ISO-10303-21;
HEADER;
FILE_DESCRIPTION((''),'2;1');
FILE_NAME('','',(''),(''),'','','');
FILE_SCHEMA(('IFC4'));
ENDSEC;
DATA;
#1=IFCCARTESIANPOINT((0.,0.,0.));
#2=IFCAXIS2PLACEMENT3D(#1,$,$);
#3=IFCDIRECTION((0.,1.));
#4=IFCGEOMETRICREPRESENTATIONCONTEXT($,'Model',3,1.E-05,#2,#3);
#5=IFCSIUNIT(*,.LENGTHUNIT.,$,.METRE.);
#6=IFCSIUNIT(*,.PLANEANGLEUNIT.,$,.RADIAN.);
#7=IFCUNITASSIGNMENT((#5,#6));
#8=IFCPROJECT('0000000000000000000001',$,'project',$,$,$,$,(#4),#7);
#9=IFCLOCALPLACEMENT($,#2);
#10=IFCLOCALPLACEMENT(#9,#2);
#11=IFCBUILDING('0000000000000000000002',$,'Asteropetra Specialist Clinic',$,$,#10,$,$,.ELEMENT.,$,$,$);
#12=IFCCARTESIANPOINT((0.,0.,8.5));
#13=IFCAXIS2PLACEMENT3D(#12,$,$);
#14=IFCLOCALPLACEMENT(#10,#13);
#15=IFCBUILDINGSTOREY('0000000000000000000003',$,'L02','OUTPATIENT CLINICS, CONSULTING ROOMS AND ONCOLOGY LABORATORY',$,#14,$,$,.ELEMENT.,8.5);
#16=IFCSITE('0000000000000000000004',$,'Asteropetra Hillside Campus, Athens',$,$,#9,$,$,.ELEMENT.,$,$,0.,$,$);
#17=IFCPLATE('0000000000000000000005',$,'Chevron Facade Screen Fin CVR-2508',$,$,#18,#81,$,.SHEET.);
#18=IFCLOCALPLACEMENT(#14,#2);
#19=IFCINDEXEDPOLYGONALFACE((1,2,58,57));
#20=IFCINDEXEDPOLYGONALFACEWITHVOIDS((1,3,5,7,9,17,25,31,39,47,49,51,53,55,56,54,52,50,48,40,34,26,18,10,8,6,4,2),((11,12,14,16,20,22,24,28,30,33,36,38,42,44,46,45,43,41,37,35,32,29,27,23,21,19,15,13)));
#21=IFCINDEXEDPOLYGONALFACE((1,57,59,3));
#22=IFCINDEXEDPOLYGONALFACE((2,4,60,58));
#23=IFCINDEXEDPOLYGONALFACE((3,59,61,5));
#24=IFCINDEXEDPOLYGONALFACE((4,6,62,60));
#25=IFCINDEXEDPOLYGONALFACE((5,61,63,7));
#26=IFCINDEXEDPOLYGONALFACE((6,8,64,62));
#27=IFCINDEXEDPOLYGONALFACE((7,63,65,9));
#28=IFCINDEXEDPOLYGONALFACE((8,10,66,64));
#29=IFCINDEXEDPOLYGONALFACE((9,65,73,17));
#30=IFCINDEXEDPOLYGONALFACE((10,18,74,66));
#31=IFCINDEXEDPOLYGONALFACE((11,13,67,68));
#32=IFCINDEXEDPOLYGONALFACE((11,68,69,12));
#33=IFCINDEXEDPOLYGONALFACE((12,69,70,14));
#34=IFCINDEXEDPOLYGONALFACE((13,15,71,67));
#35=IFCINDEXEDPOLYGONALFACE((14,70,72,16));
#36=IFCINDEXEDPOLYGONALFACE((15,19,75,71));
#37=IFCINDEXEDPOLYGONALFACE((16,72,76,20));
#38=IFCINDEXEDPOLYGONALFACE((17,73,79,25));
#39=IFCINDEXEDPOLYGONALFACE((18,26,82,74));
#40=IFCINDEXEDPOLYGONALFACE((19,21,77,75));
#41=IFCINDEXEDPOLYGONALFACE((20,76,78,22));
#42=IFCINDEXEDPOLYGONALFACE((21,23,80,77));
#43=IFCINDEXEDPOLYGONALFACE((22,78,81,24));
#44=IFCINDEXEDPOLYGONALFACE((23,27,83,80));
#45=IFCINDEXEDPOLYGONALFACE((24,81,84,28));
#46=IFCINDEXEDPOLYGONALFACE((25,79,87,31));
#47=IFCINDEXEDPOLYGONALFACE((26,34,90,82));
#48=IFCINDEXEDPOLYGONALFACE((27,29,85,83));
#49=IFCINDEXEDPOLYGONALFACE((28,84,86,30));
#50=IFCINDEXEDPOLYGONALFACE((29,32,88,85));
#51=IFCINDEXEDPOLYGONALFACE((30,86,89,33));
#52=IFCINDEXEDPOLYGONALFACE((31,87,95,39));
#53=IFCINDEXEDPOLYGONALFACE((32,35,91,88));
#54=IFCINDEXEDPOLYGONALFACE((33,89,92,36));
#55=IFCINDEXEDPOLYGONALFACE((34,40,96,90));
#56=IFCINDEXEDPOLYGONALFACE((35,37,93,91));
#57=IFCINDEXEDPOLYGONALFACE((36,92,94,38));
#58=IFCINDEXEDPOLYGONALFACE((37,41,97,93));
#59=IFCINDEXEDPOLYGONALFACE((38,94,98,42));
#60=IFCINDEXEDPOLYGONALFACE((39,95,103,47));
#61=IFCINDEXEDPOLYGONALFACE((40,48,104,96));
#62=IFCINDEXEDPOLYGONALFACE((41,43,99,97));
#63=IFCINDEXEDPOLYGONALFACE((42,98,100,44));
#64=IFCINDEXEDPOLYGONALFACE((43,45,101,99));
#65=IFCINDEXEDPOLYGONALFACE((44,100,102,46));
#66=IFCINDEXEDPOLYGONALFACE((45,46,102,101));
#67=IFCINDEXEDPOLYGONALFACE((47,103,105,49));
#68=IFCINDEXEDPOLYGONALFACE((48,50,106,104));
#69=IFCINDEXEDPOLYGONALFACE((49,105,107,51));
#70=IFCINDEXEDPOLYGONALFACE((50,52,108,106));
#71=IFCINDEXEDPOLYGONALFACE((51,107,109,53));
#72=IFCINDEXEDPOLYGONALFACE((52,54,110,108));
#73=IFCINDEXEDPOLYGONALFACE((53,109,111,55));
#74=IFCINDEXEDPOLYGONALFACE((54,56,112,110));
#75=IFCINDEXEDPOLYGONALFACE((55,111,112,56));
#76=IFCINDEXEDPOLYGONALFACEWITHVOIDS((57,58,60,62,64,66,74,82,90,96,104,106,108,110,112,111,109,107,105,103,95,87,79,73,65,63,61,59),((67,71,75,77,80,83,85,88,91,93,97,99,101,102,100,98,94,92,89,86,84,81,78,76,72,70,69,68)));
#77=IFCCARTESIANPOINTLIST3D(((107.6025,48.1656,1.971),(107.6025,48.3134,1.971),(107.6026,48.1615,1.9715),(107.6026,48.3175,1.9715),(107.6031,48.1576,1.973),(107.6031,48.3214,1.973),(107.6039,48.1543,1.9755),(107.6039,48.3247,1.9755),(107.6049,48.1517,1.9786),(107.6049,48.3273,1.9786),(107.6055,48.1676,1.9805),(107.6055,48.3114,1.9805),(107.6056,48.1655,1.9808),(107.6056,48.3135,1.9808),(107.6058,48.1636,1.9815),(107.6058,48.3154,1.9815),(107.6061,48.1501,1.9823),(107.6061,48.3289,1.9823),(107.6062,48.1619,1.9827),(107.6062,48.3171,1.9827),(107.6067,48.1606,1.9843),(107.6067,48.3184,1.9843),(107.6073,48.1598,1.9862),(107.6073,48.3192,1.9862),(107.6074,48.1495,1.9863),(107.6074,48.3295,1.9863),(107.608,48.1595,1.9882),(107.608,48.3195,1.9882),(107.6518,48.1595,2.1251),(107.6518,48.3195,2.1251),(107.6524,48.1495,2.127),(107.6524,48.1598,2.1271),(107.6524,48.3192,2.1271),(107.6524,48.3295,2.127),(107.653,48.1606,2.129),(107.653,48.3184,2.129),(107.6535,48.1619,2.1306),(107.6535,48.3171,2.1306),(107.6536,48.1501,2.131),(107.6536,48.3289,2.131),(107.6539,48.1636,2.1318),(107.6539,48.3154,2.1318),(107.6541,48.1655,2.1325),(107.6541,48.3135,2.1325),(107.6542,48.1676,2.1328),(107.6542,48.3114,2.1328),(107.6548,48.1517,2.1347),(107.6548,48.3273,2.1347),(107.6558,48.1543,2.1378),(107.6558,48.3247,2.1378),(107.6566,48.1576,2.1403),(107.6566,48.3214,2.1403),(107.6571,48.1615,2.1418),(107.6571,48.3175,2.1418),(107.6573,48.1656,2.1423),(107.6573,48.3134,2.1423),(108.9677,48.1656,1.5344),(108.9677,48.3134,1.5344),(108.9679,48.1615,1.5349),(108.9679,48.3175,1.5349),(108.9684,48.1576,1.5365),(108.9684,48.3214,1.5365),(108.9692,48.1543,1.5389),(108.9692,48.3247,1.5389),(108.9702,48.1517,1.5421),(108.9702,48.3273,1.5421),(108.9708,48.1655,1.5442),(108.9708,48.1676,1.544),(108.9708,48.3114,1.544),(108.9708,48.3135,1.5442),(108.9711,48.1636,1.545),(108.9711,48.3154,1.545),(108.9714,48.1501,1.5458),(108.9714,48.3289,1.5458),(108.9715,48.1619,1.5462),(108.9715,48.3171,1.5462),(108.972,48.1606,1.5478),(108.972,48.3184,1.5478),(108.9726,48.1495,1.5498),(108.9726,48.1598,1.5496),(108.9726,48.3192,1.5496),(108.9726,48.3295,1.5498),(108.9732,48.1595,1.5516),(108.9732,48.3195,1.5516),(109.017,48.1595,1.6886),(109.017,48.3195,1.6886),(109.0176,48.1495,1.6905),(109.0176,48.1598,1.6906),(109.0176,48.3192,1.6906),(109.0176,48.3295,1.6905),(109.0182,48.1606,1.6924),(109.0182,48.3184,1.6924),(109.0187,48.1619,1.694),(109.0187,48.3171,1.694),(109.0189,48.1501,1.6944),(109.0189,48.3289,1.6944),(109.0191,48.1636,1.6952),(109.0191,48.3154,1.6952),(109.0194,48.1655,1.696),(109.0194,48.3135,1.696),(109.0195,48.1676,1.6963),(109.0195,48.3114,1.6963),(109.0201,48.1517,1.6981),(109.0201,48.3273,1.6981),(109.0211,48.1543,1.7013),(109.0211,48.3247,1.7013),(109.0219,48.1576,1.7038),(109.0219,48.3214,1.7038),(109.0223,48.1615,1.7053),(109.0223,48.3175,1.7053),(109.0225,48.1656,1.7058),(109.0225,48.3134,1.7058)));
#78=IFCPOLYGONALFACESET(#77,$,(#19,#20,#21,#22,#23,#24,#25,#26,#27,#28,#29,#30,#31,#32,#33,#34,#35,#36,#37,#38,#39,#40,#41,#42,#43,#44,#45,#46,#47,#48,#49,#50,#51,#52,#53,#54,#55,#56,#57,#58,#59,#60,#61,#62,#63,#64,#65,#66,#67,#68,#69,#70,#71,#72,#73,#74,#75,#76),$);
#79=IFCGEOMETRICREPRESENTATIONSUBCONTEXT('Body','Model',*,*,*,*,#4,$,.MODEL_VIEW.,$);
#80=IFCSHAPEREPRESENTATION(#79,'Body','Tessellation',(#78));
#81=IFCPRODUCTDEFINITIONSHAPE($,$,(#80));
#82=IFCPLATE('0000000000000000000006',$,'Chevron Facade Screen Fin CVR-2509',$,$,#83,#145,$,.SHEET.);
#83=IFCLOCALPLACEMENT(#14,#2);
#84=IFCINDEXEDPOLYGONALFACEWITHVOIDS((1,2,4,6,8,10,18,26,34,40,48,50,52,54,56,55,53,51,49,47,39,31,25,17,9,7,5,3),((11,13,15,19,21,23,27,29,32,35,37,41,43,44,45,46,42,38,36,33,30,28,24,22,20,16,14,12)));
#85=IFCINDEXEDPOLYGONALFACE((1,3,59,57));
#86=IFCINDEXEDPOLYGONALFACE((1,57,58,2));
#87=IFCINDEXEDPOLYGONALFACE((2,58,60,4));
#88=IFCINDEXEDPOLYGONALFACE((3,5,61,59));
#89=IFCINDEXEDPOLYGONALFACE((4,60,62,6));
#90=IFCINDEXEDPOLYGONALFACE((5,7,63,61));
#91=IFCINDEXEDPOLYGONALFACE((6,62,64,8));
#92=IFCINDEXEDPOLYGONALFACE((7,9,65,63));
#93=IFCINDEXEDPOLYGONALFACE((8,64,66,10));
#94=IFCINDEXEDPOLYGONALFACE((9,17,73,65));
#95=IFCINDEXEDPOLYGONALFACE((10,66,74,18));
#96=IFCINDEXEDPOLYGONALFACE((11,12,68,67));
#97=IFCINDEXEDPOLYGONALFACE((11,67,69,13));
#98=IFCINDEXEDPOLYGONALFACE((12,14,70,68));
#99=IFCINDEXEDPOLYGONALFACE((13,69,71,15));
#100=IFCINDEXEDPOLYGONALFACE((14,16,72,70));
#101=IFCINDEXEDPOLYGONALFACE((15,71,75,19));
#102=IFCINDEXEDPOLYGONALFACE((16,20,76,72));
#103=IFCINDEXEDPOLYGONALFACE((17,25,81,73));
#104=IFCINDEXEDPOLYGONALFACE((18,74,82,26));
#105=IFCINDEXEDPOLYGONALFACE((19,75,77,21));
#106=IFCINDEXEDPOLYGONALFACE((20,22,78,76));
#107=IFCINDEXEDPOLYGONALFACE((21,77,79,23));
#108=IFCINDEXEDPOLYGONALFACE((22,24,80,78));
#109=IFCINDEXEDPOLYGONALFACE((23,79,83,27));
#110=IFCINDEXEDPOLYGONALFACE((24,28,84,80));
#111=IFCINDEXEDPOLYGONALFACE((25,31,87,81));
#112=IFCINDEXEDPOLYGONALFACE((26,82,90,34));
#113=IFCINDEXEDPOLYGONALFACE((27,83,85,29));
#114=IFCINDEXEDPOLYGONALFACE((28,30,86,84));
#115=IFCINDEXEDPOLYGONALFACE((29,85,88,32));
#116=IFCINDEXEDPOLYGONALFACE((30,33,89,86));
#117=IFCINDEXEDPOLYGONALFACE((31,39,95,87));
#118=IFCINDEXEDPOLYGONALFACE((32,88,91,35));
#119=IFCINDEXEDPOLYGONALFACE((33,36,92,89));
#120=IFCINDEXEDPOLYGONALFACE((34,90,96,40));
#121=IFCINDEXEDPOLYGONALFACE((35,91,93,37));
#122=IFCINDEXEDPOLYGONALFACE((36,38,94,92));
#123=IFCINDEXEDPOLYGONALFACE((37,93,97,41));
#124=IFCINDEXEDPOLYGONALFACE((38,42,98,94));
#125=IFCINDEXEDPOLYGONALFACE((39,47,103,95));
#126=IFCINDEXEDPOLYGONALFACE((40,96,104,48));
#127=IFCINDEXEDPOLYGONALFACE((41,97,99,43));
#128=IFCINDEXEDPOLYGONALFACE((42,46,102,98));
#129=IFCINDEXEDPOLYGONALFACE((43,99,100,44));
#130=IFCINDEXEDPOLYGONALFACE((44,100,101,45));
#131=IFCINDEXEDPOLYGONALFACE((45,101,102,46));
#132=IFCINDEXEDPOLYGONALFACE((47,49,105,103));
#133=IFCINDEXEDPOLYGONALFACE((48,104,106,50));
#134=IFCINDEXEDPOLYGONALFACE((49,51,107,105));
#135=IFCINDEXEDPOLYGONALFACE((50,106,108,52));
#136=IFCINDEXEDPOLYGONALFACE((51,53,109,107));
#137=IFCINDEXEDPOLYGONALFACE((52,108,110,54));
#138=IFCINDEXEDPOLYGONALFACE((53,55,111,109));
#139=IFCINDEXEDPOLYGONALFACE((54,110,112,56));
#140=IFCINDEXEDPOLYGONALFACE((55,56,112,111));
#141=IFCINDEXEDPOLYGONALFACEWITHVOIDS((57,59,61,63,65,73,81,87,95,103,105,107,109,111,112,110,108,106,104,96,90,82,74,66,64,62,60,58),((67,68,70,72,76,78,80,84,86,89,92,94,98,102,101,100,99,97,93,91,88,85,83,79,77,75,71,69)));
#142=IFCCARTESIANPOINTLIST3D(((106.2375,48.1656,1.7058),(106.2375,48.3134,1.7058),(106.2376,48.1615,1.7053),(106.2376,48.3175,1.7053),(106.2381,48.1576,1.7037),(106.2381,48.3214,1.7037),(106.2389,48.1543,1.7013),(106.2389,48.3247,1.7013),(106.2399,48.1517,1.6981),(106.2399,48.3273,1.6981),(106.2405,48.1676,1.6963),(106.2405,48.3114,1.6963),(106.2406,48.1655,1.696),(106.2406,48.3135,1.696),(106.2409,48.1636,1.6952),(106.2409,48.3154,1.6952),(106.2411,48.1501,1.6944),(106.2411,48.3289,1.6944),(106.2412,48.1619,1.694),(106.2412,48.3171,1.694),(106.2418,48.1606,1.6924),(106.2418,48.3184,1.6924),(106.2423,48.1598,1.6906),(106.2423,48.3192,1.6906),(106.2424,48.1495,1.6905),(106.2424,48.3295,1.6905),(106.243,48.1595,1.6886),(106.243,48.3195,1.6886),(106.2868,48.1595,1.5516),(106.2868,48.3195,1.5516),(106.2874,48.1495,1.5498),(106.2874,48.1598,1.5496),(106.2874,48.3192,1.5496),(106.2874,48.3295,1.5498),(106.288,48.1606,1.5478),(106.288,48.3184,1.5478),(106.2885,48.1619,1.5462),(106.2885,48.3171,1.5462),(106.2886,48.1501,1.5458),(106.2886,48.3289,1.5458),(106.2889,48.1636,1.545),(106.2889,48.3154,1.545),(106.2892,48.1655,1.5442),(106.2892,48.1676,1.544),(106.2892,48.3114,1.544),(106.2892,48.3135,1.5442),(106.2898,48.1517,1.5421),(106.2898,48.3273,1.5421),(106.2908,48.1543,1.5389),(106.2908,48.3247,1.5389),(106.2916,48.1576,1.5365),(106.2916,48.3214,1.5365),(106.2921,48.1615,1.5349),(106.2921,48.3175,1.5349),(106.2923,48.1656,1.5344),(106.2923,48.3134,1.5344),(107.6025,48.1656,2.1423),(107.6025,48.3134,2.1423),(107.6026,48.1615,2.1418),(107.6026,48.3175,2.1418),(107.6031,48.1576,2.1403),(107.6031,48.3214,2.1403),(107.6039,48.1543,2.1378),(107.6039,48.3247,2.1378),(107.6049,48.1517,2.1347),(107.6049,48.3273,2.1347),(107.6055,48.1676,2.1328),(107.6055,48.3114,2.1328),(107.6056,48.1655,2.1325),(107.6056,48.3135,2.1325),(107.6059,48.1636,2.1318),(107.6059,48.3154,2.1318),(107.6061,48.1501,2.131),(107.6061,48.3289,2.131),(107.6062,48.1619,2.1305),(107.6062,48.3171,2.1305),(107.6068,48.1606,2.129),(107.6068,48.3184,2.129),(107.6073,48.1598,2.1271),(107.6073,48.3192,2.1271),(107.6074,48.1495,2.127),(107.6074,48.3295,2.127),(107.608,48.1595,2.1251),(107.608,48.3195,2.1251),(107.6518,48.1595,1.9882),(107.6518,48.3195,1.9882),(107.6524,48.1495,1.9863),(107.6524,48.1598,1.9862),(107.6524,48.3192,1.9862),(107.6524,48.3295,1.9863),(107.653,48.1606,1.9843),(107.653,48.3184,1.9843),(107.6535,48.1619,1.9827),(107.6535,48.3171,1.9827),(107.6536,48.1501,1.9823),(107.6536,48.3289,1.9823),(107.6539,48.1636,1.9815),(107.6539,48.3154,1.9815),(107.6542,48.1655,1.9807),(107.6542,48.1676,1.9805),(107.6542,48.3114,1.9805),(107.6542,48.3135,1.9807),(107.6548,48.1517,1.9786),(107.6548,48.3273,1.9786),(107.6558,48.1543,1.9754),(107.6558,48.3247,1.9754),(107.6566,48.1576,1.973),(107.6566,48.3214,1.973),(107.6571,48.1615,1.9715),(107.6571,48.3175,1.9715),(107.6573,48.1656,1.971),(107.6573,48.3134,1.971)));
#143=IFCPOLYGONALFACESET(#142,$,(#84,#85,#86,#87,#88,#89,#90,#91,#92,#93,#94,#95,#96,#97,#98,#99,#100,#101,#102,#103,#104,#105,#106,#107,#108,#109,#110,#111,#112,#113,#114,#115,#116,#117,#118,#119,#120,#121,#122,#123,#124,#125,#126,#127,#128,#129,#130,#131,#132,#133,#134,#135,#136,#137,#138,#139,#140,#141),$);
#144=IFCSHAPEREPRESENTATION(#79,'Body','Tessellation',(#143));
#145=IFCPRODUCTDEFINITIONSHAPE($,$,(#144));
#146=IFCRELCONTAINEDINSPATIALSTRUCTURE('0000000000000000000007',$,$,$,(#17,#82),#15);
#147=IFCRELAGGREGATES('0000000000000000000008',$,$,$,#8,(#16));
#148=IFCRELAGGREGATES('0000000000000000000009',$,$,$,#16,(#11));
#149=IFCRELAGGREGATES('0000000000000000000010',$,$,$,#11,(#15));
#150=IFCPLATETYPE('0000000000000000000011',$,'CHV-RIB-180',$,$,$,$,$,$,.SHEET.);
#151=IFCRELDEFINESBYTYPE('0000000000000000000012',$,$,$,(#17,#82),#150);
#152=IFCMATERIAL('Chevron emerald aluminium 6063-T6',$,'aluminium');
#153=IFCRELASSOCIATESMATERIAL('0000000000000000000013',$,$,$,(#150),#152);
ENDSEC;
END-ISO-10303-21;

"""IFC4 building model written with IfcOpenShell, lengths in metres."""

from ifc_helpers import new_model, si_unit, direction, frame, origin, origin_2d, place, context, subcontext, project, spatial, hollow_rectangle, extrude, material, material_profile, profile_set, type_object, element, save


model = new_model("IFC4")

# Units and contexts
model_context = context("Model", 3, precision=1e-05, world=origin(), true_north=direction((0.0, 1.0)))
body_context = subcontext(model_context, "Body", "Model", "MODEL_VIEW")
ifc_project = project(units=[si_unit("LENGTHUNIT", "METRE"), si_unit("PLANEANGLEUNIT", "RADIAN")], contexts=[model_context])

# Site, building, storey
site_placement = place(None, origin())
site = spatial("IfcSite", under=ifc_project, at=site_placement, Name="Asteropetra Hillside Campus, Athens", CompositionType="ELEMENT", RefElevation=0.0)
building_placement = place(site_placement, origin())
building = spatial("IfcBuilding", under=site, at=building_placement, Name="Asteropetra Specialist Clinic", CompositionType="ELEMENT")
storey_placement = place(building_placement, frame((0.0, 0.0, 8.5)))
storey = spatial("IfcBuildingStorey", under=building, at=storey_placement, Name="L02", Description="OUTPATIENT CLINICS, CONSULTING ROOMS AND ONCOLOGY LABORATORY", CompositionType="ELEMENT", Elevation=8.5)

# Plates
ifc_material_1 = material(Name="Chevron emerald aluminium 6063-T6", Category="aluminium")
ifc_material_profile_1 = material_profile(ifc_material_1, hollow_rectangle(XDim=0.1799, YDim=0.1799, WallThickness=0.01, InnerFilletRadius=0.0081, OuterFilletRadius=0.0161, at=origin_2d()), Name="SHS 180x180x10.0")
ifc_profile_set_1 = profile_set([ifc_material_profile_1], Name="Chevron emerald aluminium 6063-T6")
plate_type = type_object("IfcPlateType", Name="CHV-RIB-180", PredefinedType="SHEET", material=ifc_profile_set_1)
plate_1_placement = place(storey_placement, frame((108.9951, 48.2395, 1.6201), z_axis=(-0.952495, 0.0, 0.304553), x_axis=(0.0, -1.0, 0.0)))
element("IfcPlate", 1, at=plate_1_placement, inside=storey, type_object=plate_type, Name="Chevron Facade Screen Fin CVR-2508", PredefinedType="SHEET", context=body_context, shape_type="SweptSolid", body=[
    extrude(hollow_rectangle(XDim=0.1799, YDim=0.1799, WallThickness=0.01, InnerFilletRadius=0.0081, OuterFilletRadius=0.0161, at=origin_2d()), origin(), (0.0, 0.0, 1.0), 1.4333),
])
plate_2_placement = place(storey_placement, frame((107.6299, 48.2395, 2.0566), z_axis=(-0.95248, 0.0, -0.304603), x_axis=(0.0, -1.0, 0.0)))
element("IfcPlate", 2, at=plate_2_placement, inside=storey, type_object=plate_type, Name="Chevron Facade Screen Fin CVR-2509", PredefinedType="SHEET", context=body_context, shape_type="SweptSolid", body=[
    extrude(hollow_rectangle(XDim=0.1799, YDim=0.1799, WallThickness=0.01, InnerFilletRadius=0.0081, OuterFilletRadius=0.0161, at=origin_2d()), origin(), (0.0, 0.0, 1.0), 1.4331),
])

save(model, "model.ifc")
